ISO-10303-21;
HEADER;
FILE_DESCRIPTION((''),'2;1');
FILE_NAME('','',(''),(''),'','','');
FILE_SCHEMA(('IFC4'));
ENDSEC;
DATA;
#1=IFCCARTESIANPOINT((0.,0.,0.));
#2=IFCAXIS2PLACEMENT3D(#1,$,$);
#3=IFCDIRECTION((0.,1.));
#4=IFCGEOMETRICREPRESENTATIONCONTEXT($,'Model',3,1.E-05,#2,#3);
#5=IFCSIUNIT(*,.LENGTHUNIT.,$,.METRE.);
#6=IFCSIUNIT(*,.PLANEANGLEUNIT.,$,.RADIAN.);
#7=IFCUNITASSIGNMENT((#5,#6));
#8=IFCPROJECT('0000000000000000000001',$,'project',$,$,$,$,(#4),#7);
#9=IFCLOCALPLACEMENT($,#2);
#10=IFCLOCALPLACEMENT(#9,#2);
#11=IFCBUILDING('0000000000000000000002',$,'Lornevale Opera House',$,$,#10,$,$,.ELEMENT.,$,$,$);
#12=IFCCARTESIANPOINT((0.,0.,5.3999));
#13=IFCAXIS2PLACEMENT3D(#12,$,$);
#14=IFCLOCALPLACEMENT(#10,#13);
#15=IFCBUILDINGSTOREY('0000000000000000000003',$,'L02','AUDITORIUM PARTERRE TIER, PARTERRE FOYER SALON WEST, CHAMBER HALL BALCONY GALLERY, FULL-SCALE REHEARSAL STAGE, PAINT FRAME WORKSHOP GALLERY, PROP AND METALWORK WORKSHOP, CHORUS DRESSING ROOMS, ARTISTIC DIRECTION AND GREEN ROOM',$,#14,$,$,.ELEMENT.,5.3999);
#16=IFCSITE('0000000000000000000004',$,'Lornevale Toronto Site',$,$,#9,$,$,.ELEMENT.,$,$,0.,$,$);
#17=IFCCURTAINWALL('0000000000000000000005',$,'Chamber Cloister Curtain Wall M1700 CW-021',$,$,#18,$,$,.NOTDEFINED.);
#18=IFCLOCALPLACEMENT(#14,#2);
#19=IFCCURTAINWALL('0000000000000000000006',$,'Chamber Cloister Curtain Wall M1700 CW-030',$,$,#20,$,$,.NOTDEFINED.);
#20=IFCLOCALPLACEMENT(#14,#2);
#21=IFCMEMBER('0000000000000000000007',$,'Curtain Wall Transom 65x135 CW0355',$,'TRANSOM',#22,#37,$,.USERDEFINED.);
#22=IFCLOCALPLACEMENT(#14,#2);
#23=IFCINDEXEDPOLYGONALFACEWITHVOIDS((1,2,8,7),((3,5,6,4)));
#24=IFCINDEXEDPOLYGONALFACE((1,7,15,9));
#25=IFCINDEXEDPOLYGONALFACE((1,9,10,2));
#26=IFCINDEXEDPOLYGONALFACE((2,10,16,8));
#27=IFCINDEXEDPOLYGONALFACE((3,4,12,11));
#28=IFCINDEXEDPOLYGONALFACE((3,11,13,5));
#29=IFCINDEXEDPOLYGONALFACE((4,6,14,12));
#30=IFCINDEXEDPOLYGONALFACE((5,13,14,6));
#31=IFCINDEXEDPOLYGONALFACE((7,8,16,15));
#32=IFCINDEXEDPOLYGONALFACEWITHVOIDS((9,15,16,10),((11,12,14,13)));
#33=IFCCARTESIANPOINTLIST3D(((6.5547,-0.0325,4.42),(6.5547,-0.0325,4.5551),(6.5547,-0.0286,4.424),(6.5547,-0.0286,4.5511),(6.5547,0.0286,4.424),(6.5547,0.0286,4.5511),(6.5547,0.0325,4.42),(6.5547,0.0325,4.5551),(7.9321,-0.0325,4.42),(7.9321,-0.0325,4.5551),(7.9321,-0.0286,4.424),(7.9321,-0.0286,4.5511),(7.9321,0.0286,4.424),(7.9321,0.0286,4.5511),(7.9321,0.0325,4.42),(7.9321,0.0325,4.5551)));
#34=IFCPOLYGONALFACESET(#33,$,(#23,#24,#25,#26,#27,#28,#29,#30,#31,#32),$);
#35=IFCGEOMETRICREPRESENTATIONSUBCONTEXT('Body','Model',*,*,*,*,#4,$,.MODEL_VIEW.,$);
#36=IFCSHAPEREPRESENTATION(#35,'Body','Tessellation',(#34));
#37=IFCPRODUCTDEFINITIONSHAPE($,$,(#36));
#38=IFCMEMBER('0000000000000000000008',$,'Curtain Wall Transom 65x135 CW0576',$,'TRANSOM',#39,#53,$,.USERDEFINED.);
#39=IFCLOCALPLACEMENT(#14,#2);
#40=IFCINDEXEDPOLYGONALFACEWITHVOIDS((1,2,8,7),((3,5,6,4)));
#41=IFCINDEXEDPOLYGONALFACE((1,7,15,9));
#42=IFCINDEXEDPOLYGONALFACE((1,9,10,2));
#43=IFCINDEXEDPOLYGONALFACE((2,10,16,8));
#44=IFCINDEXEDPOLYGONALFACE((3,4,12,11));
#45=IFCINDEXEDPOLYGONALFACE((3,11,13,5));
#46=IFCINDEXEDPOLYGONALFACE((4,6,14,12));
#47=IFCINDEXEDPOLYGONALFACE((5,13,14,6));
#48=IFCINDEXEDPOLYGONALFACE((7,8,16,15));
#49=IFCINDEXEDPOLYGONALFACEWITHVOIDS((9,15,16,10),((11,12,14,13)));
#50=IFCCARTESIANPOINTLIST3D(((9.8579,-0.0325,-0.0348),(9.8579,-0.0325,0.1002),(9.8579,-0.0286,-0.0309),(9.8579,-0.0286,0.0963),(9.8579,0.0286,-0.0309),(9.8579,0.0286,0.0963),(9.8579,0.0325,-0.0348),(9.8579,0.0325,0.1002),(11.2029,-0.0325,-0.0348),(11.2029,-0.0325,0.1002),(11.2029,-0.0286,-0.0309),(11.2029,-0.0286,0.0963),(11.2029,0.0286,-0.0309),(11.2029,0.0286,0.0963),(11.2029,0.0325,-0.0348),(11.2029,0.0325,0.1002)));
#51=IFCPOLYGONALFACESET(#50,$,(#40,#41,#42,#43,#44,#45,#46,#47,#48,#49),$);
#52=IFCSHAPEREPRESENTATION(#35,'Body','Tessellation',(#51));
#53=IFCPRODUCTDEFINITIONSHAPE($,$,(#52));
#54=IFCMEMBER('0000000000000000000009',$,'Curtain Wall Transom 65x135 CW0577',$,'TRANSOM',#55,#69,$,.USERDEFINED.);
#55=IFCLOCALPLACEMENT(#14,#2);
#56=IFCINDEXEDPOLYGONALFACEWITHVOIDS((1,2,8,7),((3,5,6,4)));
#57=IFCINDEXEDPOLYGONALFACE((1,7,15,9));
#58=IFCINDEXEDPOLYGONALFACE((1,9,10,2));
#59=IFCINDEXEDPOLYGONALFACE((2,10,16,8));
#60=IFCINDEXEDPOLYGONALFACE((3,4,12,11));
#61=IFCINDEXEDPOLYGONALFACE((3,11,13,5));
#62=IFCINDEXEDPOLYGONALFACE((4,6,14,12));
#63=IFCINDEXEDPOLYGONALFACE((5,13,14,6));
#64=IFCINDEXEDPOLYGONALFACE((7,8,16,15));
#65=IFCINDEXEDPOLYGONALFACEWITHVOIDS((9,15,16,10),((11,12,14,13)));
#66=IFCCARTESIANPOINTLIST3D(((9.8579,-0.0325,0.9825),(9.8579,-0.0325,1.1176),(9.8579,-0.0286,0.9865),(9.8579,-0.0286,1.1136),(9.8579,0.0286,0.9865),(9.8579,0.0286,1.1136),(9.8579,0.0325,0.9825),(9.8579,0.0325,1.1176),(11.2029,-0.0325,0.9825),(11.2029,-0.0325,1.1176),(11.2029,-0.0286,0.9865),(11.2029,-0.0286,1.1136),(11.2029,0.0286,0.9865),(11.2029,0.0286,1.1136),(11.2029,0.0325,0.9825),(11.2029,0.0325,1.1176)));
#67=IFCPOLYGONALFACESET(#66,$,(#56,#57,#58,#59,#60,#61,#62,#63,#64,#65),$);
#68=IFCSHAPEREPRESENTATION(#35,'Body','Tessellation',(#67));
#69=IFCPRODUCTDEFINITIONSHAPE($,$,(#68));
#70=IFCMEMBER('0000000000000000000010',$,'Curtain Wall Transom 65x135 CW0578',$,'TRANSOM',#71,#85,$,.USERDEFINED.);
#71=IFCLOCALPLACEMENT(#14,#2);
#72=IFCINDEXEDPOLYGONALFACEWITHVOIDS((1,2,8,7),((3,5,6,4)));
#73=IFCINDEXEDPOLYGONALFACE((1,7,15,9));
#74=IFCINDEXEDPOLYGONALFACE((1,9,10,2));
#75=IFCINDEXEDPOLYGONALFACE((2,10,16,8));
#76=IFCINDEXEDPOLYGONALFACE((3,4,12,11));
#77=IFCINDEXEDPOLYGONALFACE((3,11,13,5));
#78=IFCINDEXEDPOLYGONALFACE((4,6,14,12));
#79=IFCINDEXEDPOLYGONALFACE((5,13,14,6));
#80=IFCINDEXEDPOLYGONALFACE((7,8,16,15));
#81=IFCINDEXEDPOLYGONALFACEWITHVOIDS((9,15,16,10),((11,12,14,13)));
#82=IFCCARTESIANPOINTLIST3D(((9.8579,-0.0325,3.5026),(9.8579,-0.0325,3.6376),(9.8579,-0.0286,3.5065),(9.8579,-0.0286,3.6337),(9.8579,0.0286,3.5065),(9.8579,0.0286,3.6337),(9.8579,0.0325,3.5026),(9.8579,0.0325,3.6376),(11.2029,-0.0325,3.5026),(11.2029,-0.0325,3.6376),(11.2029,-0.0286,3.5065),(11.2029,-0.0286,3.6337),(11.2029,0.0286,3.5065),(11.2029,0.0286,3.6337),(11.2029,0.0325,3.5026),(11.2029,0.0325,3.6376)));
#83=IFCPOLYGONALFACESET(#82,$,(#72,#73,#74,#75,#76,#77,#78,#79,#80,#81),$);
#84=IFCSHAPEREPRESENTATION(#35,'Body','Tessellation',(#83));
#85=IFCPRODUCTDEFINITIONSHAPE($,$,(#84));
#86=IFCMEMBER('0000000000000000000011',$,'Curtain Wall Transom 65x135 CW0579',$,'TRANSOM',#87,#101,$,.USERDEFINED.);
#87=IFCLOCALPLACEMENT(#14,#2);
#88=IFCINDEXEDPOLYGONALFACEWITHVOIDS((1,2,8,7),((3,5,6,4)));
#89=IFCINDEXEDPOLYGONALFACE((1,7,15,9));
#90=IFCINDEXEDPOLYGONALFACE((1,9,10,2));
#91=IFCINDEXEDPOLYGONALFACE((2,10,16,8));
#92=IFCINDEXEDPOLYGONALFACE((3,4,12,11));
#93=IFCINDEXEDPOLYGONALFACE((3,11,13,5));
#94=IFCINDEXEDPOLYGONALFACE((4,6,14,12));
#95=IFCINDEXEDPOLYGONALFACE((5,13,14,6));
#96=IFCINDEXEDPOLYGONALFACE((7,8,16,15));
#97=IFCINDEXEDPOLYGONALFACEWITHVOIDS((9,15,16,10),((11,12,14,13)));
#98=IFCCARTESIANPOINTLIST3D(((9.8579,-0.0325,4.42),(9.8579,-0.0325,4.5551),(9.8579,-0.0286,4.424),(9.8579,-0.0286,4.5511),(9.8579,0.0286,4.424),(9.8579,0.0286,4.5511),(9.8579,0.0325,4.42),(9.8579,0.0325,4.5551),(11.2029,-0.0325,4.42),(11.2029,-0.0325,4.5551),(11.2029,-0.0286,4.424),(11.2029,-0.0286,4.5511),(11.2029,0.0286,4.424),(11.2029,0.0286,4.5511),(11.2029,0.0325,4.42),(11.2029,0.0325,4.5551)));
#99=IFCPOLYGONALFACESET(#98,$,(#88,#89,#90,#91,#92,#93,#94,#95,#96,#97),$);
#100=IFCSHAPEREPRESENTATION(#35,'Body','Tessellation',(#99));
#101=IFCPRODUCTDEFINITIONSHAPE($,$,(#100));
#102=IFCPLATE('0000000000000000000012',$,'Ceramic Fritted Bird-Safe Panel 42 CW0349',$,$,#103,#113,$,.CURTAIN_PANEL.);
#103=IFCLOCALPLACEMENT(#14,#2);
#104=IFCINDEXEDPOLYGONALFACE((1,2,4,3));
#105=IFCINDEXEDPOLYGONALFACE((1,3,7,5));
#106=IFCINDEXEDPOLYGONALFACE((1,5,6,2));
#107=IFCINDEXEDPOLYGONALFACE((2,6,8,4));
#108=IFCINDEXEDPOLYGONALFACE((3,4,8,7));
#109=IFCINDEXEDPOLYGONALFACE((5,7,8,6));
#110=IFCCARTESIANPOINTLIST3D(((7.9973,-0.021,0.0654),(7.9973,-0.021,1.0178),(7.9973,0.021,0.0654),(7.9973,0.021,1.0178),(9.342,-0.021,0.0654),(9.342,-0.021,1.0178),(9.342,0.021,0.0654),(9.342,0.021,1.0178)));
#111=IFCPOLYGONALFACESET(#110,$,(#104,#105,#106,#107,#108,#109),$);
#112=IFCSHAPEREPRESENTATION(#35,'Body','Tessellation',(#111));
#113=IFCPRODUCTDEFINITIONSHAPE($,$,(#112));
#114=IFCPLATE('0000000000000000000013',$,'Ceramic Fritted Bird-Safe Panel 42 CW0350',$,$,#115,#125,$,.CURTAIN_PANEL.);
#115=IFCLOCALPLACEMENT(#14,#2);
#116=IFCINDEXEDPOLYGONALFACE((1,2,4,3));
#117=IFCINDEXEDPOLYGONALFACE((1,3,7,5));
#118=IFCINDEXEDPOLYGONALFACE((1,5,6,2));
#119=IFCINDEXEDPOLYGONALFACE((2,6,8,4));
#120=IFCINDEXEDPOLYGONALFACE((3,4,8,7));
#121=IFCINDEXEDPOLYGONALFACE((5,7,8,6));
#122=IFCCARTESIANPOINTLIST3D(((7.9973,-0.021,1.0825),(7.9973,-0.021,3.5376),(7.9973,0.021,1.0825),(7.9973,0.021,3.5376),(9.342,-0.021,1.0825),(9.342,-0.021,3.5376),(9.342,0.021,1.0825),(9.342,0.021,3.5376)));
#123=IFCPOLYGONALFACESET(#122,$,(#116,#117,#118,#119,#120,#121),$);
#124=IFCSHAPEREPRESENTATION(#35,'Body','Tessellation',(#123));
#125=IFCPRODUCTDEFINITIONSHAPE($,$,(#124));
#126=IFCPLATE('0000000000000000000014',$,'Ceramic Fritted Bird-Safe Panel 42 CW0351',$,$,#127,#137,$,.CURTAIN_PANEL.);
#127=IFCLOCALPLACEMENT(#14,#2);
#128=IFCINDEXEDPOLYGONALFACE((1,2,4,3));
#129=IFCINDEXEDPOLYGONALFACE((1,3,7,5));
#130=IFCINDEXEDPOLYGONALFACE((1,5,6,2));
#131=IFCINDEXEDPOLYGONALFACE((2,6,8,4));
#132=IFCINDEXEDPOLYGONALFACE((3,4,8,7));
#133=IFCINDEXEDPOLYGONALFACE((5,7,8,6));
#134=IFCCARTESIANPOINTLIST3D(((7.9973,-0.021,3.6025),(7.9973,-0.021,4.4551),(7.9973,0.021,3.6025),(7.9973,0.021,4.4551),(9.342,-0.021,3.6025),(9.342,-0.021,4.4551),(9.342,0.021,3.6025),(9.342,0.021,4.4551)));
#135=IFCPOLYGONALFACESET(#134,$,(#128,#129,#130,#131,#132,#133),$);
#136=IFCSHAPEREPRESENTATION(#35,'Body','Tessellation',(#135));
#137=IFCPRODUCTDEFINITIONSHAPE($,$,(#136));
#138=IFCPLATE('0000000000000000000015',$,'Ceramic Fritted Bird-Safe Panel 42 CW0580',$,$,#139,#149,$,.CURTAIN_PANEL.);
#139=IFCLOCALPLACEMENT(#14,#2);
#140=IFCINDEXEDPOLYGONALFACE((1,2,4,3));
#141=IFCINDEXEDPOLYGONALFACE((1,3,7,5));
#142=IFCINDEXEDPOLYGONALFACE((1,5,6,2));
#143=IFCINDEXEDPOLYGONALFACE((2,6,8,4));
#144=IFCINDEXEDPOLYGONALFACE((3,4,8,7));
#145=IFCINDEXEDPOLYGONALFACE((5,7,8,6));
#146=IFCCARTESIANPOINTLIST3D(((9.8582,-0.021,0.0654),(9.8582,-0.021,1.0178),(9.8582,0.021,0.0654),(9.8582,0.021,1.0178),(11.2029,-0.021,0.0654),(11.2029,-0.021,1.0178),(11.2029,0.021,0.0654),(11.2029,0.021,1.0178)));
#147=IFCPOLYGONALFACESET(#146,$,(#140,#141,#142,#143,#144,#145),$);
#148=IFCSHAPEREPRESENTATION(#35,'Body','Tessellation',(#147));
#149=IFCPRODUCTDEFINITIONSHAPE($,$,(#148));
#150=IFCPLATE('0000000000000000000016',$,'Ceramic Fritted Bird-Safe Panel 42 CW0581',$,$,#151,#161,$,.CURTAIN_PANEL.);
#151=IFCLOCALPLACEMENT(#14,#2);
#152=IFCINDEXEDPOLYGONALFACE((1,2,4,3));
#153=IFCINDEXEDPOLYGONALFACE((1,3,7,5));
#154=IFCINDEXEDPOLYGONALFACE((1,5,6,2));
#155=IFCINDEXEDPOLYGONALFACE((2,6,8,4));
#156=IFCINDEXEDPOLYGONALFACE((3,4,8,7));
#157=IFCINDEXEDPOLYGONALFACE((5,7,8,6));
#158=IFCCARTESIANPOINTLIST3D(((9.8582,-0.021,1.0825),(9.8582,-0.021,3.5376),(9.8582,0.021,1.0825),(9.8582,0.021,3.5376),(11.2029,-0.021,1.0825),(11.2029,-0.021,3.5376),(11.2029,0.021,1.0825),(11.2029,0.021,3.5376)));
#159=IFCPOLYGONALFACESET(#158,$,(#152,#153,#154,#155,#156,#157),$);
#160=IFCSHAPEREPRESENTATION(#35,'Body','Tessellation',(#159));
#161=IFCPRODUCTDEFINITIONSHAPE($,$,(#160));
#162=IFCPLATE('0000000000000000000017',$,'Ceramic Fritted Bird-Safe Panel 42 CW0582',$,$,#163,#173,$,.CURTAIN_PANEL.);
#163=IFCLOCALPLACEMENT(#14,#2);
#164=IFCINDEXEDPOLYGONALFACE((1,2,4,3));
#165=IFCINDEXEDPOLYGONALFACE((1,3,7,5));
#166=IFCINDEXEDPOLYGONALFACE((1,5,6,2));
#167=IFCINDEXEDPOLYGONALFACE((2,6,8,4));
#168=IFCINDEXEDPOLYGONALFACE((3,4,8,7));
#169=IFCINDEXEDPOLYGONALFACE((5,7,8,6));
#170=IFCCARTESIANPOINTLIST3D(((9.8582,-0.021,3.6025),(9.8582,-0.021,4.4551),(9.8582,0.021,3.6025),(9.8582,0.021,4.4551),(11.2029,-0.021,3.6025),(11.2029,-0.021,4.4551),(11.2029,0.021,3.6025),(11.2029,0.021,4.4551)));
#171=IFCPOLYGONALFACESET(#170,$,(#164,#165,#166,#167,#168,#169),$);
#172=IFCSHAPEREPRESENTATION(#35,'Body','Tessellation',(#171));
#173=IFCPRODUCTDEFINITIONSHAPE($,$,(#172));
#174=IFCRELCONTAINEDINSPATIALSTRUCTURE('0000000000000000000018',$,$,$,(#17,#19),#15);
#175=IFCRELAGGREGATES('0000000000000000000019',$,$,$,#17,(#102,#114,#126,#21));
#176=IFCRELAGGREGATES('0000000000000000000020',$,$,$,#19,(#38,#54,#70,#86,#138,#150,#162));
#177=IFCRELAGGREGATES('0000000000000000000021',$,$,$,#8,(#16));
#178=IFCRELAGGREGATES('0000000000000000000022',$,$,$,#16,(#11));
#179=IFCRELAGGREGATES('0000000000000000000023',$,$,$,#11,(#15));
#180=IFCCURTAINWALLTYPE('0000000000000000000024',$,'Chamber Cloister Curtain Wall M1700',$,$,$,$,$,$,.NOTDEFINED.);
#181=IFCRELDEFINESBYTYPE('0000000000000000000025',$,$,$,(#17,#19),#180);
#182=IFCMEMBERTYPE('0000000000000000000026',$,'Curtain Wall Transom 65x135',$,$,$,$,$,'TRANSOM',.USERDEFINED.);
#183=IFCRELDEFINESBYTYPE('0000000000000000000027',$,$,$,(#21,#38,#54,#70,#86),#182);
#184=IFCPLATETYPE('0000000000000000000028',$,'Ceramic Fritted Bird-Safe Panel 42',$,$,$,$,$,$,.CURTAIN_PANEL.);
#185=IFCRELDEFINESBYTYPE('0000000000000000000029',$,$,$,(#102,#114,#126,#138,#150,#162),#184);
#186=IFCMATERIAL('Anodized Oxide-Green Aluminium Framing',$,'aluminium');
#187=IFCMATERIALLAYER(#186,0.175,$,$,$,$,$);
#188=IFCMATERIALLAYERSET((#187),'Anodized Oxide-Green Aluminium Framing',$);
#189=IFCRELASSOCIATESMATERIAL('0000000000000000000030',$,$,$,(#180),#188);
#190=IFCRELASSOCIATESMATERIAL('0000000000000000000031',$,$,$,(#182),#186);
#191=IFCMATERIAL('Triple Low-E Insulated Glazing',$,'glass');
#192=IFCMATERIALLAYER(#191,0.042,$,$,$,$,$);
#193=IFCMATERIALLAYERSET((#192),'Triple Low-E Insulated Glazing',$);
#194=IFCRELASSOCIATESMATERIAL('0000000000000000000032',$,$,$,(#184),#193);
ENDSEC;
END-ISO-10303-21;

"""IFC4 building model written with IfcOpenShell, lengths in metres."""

from ifc_helpers import new_model, si_unit, direction, frame, origin, origin_2d, place, context, subcontext, project, spatial, rectangle, hollow_rectangle, extrude, material, layer, layer_set, material_profile, profile_set, type_object, element, aggregate, save


model = new_model("IFC4")

# Units and contexts
model_context = context("Model", 3, precision=1e-05, world=origin(), true_north=direction((0.0, 1.0)))
body_context = subcontext(model_context, "Body", "Model", "MODEL_VIEW")
ifc_project = project(units=[si_unit("LENGTHUNIT", "METRE"), si_unit("PLANEANGLEUNIT", "RADIAN")], contexts=[model_context])

# Site, building, storey
site_placement = place(None, origin())
site = spatial("IfcSite", under=ifc_project, at=site_placement, Name="Lornevale Toronto Site", CompositionType="ELEMENT", RefElevation=0.0)
building_placement = place(site_placement, origin())
building = spatial("IfcBuilding", under=site, at=building_placement, Name="Lornevale Opera House", CompositionType="ELEMENT")
storey_placement = place(building_placement, frame((0.0, 0.0, 5.3999)))
storey = spatial("IfcBuildingStorey", under=building, at=storey_placement, Name="L02", Description="AUDITORIUM PARTERRE TIER, PARTERRE FOYER SALON WEST, CHAMBER HALL BALCONY GALLERY, FULL-SCALE REHEARSAL STAGE, PAINT FRAME WORKSHOP GALLERY, PROP AND METALWORK WORKSHOP, CHORUS DRESSING ROOMS, ARTISTIC DIRECTION AND GREEN ROOM", CompositionType="ELEMENT", Elevation=5.3999)

# Curtain wall
ifc_material_1 = material(Name="Anodized Oxide-Green Aluminium Framing", Category="aluminium")
ifc_layer_1 = layer(ifc_material_1, 0.175)
ifc_layer_set_1 = layer_set([ifc_layer_1], Name="Anodized Oxide-Green Aluminium Framing")
curtain_wall_type = type_object("IfcCurtainWallType", Name="Chamber Cloister Curtain Wall M1700", PredefinedType="NOTDEFINED", material=ifc_layer_set_1)
curtain_wall_1_placement = place(storey_placement, origin())
curtain_wall_1 = element("IfcCurtainWall", 1, at=curtain_wall_1_placement, inside=storey, type_object=curtain_wall_type, Name="Chamber Cloister Curtain Wall M1700 CW-021", PredefinedType="NOTDEFINED")

# Curtain wall
curtain_wall_2_placement = place(storey_placement, origin())
curtain_wall_2 = element("IfcCurtainWall", 2, at=curtain_wall_2_placement, inside=storey, type_object=curtain_wall_type, Name="Chamber Cloister Curtain Wall M1700 CW-030", PredefinedType="NOTDEFINED")

# Members
ifc_material_profile_1 = material_profile(ifc_material_1, hollow_rectangle(XDim=0.0649, YDim=0.135, WallThickness=0.0039, at=origin_2d()), Name="ALU65x135x4")
ifc_profile_set_1 = profile_set([ifc_material_profile_1], Name="Anodized Oxide-Green Aluminium Framing")
member_type_1 = type_object("IfcMemberType", Name="Curtain Wall Transom 65x135", ElementType="TRANSOM", PredefinedType="USERDEFINED", material=ifc_profile_set_1)
member_1_placement = place(storey_placement, frame((7.9321, 0.0, 4.4875), z_axis=(-1.0, 0.0, 0.0), x_axis=(0.0, -1.0, 0.0)))
member_1 = element("IfcMember", 3, at=member_1_placement, type_object=member_type_1, Name="Curtain Wall Transom 65x135 CW0355", ObjectType="TRANSOM", PredefinedType="USERDEFINED", context=body_context, shape_type="SweptSolid", body=[
    extrude(hollow_rectangle(XDim=0.0649, YDim=0.135, WallThickness=0.0039, at=origin_2d()), origin(), (0.0, 0.0, 1.0), 1.3774),
])
member_2_placement = place(storey_placement, frame((11.2029, 0.0, 0.0327), z_axis=(-1.0, 0.0, 0.0), x_axis=(0.0, -1.0, 0.0)))
member_2 = element("IfcMember", 4, at=member_2_placement, type_object=member_type_1, Name="Curtain Wall Transom 65x135 CW0576", ObjectType="TRANSOM", PredefinedType="USERDEFINED", context=body_context, shape_type="SweptSolid", body=[
    extrude(hollow_rectangle(XDim=0.0649, YDim=0.135, WallThickness=0.0039, at=origin_2d()), origin(), (0.0, 0.0, 1.0), 1.345),
])
member_3_placement = place(storey_placement, frame((11.2029, 0.0, 1.05), z_axis=(-1.0, 0.0, 0.0), x_axis=(0.0, -1.0, 0.0)))
member_3 = element("IfcMember", 5, at=member_3_placement, type_object=member_type_1, Name="Curtain Wall Transom 65x135 CW0577", ObjectType="TRANSOM", PredefinedType="USERDEFINED", context=body_context, shape_type="SweptSolid", body=[
    extrude(hollow_rectangle(XDim=0.0649, YDim=0.135, WallThickness=0.0039, at=origin_2d()), origin(), (0.0, 0.0, 1.0), 1.345),
])
member_4_placement = place(storey_placement, frame((11.2029, 0.0, 3.5701), z_axis=(-1.0, 0.0, 0.0), x_axis=(0.0, -1.0, 0.0)))
member_4 = element("IfcMember", 6, at=member_4_placement, type_object=member_type_1, Name="Curtain Wall Transom 65x135 CW0578", ObjectType="TRANSOM", PredefinedType="USERDEFINED", context=body_context, shape_type="SweptSolid", body=[
    extrude(hollow_rectangle(XDim=0.0649, YDim=0.135, WallThickness=0.0039, at=origin_2d()), origin(), (0.0, 0.0, 1.0), 1.345),
])
member_5_placement = place(storey_placement, frame((11.2029, 0.0, 4.4875), z_axis=(-1.0, 0.0, 0.0), x_axis=(0.0, -1.0, 0.0)))
member_5 = element("IfcMember", 7, at=member_5_placement, type_object=member_type_1, Name="Curtain Wall Transom 65x135 CW0579", ObjectType="TRANSOM", PredefinedType="USERDEFINED", context=body_context, shape_type="SweptSolid", body=[
    extrude(hollow_rectangle(XDim=0.0649, YDim=0.135, WallThickness=0.0039, at=origin_2d()), origin(), (0.0, 0.0, 1.0), 1.345),
])

# Plates
ifc_material_2 = material(Name="Triple Low-E Insulated Glazing", Category="glass")
ifc_layer_2 = layer(ifc_material_2, 0.042)
ifc_layer_set_2 = layer_set([ifc_layer_2], Name="Triple Low-E Insulated Glazing")
plate_type = type_object("IfcPlateType", Name="Ceramic Fritted Bird-Safe Panel 42", PredefinedType="CURTAIN_PANEL", material=ifc_layer_set_2)
plate_1_placement = place(storey_placement, frame((8.6697, 0.0, 0.0654), z_axis=(0.0, 0.0, 1.0), x_axis=(-1.0, 0.0, 0.0)))
plate_1 = element("IfcPlate", 8, at=plate_1_placement, type_object=plate_type, Name="Ceramic Fritted Bird-Safe Panel 42 CW0349", PredefinedType="CURTAIN_PANEL", context=body_context, shape_type="SweptSolid", body=[
    extrude(rectangle(XDim=1.3447, YDim=0.042, at=origin_2d()), origin(), (0.0, 0.0, 1.0), 0.9524),
])
plate_2_placement = place(storey_placement, frame((8.6697, 0.0, 1.0825), z_axis=(0.0, 0.0, 1.0), x_axis=(-1.0, 0.0, 0.0)))
plate_2 = element("IfcPlate", 9, at=plate_2_placement, type_object=plate_type, Name="Ceramic Fritted Bird-Safe Panel 42 CW0350", PredefinedType="CURTAIN_PANEL", context=body_context, shape_type="SweptSolid", body=[
    extrude(rectangle(XDim=1.3447, YDim=0.042, at=origin_2d()), origin(), (0.0, 0.0, 1.0), 2.4551),
])
plate_3_placement = place(storey_placement, frame((8.6697, 0.0, 3.6025), z_axis=(0.0, 0.0, 1.0), x_axis=(-1.0, 0.0, 0.0)))
plate_3 = element("IfcPlate", 10, at=plate_3_placement, type_object=plate_type, Name="Ceramic Fritted Bird-Safe Panel 42 CW0351", PredefinedType="CURTAIN_PANEL", context=body_context, shape_type="SweptSolid", body=[
    extrude(rectangle(XDim=1.3447, YDim=0.042, at=origin_2d()), origin(), (0.0, 0.0, 1.0), 0.8525),
])
aggregate(curtain_wall_1, [plate_1, plate_2, plate_3, member_1])
plate_4_placement = place(storey_placement, frame((10.5305, 0.0, 0.0654), z_axis=(0.0, 0.0, 1.0), x_axis=(-1.0, 0.0, 0.0)))
plate_4 = element("IfcPlate", 11, at=plate_4_placement, type_object=plate_type, Name="Ceramic Fritted Bird-Safe Panel 42 CW0580", PredefinedType="CURTAIN_PANEL", context=body_context, shape_type="SweptSolid", body=[
    extrude(rectangle(XDim=1.3447, YDim=0.042, at=origin_2d()), origin(), (0.0, 0.0, 1.0), 0.9524),
])
plate_5_placement = place(storey_placement, frame((10.5305, 0.0, 1.0825), z_axis=(0.0, 0.0, 1.0), x_axis=(-1.0, 0.0, 0.0)))
plate_5 = element("IfcPlate", 12, at=plate_5_placement, type_object=plate_type, Name="Ceramic Fritted Bird-Safe Panel 42 CW0581", PredefinedType="CURTAIN_PANEL", context=body_context, shape_type="SweptSolid", body=[
    extrude(rectangle(XDim=1.3447, YDim=0.042, at=origin_2d()), origin(), (0.0, 0.0, 1.0), 2.4551),
])
plate_6_placement = place(storey_placement, frame((10.5305, 0.0, 3.6025), z_axis=(0.0, 0.0, 1.0), x_axis=(-1.0, 0.0, 0.0)))
plate_6 = element("IfcPlate", 13, at=plate_6_placement, type_object=plate_type, Name="Ceramic Fritted Bird-Safe Panel 42 CW0582", PredefinedType="CURTAIN_PANEL", context=body_context, shape_type="SweptSolid", body=[
    extrude(rectangle(XDim=1.3447, YDim=0.042, at=origin_2d()), origin(), (0.0, 0.0, 1.0), 0.8525),
])
aggregate(curtain_wall_2, [member_2, member_3, member_4, member_5, plate_4, plate_5, plate_6])

save(model, "model.ifc")
